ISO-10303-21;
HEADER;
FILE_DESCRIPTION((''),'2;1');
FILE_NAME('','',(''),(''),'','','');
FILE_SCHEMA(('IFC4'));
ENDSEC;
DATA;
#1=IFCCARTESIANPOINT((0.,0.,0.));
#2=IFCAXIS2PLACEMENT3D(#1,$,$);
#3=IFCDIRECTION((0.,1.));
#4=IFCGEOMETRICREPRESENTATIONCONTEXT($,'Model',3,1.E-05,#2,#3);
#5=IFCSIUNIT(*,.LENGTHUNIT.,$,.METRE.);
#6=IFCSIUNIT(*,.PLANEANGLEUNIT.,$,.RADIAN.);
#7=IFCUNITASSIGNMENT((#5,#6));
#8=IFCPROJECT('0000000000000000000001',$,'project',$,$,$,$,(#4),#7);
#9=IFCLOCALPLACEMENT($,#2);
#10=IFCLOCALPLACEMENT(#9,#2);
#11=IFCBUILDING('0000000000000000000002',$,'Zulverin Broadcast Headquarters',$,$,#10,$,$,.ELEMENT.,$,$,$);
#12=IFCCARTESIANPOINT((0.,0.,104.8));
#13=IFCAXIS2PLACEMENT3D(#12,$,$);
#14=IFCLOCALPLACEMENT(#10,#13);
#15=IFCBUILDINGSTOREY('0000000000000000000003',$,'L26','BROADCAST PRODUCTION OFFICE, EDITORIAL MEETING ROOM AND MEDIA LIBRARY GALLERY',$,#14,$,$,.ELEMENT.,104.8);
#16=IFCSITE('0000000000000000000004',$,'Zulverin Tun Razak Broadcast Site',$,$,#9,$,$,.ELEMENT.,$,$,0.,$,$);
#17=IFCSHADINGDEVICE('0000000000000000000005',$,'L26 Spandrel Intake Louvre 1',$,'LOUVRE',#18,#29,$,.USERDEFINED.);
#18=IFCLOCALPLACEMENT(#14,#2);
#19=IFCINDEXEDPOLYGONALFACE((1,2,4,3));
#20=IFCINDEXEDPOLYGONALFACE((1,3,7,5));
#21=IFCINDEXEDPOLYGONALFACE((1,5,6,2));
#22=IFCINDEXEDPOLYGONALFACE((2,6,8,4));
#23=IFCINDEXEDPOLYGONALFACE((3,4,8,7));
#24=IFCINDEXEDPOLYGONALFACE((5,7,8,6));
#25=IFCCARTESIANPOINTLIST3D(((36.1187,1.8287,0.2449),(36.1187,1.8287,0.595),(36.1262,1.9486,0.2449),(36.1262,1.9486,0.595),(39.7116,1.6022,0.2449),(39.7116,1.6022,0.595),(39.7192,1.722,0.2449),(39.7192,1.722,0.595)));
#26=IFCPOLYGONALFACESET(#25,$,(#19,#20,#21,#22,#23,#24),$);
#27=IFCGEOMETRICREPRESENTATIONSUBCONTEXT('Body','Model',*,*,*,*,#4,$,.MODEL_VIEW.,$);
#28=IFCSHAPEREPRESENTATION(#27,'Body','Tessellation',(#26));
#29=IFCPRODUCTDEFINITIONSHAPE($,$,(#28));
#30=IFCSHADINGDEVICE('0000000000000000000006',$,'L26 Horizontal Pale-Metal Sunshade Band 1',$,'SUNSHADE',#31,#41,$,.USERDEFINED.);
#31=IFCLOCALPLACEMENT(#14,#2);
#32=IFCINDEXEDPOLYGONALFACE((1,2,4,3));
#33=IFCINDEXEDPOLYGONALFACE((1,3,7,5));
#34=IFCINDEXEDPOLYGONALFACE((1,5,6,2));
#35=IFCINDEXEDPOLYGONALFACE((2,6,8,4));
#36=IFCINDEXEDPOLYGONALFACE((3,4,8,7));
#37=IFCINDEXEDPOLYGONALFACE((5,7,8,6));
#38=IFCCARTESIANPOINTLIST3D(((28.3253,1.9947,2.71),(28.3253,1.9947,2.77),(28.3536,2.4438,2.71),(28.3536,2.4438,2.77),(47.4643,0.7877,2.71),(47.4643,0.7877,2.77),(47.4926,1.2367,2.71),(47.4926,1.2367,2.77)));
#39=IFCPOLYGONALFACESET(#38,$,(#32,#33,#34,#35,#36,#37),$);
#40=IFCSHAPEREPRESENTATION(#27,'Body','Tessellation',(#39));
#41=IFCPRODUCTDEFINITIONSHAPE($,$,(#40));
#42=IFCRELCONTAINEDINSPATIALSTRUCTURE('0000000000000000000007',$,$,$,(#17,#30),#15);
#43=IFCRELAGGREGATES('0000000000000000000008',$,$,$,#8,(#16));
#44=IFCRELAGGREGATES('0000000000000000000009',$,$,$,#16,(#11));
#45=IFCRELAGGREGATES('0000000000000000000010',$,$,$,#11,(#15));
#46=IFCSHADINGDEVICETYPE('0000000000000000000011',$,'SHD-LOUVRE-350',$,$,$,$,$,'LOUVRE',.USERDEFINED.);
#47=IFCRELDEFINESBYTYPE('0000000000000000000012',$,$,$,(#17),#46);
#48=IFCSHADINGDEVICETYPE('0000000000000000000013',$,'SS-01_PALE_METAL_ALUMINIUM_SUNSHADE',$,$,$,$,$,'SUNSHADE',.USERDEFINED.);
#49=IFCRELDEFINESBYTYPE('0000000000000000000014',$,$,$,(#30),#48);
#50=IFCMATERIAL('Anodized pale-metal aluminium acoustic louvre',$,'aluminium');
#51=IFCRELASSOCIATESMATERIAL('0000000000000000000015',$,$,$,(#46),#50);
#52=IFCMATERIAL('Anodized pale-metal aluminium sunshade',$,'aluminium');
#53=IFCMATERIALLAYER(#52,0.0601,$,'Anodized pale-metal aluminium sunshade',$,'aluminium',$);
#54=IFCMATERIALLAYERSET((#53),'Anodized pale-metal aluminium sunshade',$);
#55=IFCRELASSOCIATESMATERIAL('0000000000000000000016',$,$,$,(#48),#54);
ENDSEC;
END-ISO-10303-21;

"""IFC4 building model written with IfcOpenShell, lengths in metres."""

from ifc_helpers import new_model, si_unit, direction, frame, origin, origin_2d, place, context, subcontext, project, spatial, rectangle, extrude, material, layer, layer_set, type_object, element, save


model = new_model("IFC4")

# Units and contexts
model_context = context("Model", 3, precision=1e-05, world=origin(), true_north=direction((0.0, 1.0)))
body_context = subcontext(model_context, "Body", "Model", "MODEL_VIEW")
ifc_project = project(units=[si_unit("LENGTHUNIT", "METRE"), si_unit("PLANEANGLEUNIT", "RADIAN")], contexts=[model_context])

# Site, building, storey
site_placement = place(None, origin())
site = spatial("IfcSite", under=ifc_project, at=site_placement, Name="Zulverin Tun Razak Broadcast Site", CompositionType="ELEMENT", RefElevation=0.0)
building_placement = place(site_placement, origin())
building = spatial("IfcBuilding", under=site, at=building_placement, Name="Zulverin Broadcast Headquarters", CompositionType="ELEMENT")
storey_placement = place(building_placement, frame((0.0, 0.0, 104.8)))
storey = spatial("IfcBuildingStorey", under=building, at=storey_placement, Name="L26", Description="BROADCAST PRODUCTION OFFICE, EDITORIAL MEETING ROOM AND MEDIA LIBRARY GALLERY", CompositionType="ELEMENT", Elevation=104.8)

# Shading devices
ifc_material_1 = material(Name="Anodized pale-metal aluminium acoustic louvre", Category="aluminium")
shading_device_type_1 = type_object("IfcShadingDeviceType", Name="SHD-LOUVRE-350", ElementType="LOUVRE", PredefinedType="USERDEFINED", material=ifc_material_1)
shading_device_1_placement = place(storey_placement, frame((37.9189, 1.7754, 0.2449), z_axis=(0.0, 0.0, 1.0), x_axis=(0.998017, -0.062942, 0.0)))
element("IfcShadingDevice", 1, at=shading_device_1_placement, inside=storey, type_object=shading_device_type_1, Name="L26 Spandrel Intake Louvre 1", ObjectType="LOUVRE", PredefinedType="USERDEFINED", context=body_context, shape_type="SweptSolid", body=[
    extrude(rectangle(XDim=3.6001, YDim=0.1201, at=origin_2d()), origin(), (0.0, 0.0, 1.0), 0.3501),
])
ifc_material_2 = material(Name="Anodized pale-metal aluminium sunshade", Category="aluminium")
ifc_layer_1 = layer(ifc_material_2, 0.0601, Name="Anodized pale-metal aluminium sunshade", Category="aluminium")
ifc_layer_set_1 = layer_set([ifc_layer_1], Name="Anodized pale-metal aluminium sunshade")
shading_device_type_2 = type_object("IfcShadingDeviceType", Name="SS-01_PALE_METAL_ALUMINIUM_SUNSHADE", ElementType="SUNSHADE", PredefinedType="USERDEFINED", material=ifc_layer_set_1)
shading_device_2_placement = place(storey_placement, frame((37.9089, 1.6157, 2.71), z_axis=(0.0, 0.0, 1.0), x_axis=(0.998017, -0.062942, 0.0)))
element("IfcShadingDevice", 2, at=shading_device_2_placement, inside=storey, type_object=shading_device_type_2, Name="L26 Horizontal Pale-Metal Sunshade Band 1", ObjectType="SUNSHADE", PredefinedType="USERDEFINED", context=body_context, shape_type="SweptSolid", body=[
    extrude(rectangle(XDim=19.177, YDim=0.45, at=origin_2d()), origin(), (0.0, 0.0, 1.0), 0.0601),
])

save(model, "model.ifc")
